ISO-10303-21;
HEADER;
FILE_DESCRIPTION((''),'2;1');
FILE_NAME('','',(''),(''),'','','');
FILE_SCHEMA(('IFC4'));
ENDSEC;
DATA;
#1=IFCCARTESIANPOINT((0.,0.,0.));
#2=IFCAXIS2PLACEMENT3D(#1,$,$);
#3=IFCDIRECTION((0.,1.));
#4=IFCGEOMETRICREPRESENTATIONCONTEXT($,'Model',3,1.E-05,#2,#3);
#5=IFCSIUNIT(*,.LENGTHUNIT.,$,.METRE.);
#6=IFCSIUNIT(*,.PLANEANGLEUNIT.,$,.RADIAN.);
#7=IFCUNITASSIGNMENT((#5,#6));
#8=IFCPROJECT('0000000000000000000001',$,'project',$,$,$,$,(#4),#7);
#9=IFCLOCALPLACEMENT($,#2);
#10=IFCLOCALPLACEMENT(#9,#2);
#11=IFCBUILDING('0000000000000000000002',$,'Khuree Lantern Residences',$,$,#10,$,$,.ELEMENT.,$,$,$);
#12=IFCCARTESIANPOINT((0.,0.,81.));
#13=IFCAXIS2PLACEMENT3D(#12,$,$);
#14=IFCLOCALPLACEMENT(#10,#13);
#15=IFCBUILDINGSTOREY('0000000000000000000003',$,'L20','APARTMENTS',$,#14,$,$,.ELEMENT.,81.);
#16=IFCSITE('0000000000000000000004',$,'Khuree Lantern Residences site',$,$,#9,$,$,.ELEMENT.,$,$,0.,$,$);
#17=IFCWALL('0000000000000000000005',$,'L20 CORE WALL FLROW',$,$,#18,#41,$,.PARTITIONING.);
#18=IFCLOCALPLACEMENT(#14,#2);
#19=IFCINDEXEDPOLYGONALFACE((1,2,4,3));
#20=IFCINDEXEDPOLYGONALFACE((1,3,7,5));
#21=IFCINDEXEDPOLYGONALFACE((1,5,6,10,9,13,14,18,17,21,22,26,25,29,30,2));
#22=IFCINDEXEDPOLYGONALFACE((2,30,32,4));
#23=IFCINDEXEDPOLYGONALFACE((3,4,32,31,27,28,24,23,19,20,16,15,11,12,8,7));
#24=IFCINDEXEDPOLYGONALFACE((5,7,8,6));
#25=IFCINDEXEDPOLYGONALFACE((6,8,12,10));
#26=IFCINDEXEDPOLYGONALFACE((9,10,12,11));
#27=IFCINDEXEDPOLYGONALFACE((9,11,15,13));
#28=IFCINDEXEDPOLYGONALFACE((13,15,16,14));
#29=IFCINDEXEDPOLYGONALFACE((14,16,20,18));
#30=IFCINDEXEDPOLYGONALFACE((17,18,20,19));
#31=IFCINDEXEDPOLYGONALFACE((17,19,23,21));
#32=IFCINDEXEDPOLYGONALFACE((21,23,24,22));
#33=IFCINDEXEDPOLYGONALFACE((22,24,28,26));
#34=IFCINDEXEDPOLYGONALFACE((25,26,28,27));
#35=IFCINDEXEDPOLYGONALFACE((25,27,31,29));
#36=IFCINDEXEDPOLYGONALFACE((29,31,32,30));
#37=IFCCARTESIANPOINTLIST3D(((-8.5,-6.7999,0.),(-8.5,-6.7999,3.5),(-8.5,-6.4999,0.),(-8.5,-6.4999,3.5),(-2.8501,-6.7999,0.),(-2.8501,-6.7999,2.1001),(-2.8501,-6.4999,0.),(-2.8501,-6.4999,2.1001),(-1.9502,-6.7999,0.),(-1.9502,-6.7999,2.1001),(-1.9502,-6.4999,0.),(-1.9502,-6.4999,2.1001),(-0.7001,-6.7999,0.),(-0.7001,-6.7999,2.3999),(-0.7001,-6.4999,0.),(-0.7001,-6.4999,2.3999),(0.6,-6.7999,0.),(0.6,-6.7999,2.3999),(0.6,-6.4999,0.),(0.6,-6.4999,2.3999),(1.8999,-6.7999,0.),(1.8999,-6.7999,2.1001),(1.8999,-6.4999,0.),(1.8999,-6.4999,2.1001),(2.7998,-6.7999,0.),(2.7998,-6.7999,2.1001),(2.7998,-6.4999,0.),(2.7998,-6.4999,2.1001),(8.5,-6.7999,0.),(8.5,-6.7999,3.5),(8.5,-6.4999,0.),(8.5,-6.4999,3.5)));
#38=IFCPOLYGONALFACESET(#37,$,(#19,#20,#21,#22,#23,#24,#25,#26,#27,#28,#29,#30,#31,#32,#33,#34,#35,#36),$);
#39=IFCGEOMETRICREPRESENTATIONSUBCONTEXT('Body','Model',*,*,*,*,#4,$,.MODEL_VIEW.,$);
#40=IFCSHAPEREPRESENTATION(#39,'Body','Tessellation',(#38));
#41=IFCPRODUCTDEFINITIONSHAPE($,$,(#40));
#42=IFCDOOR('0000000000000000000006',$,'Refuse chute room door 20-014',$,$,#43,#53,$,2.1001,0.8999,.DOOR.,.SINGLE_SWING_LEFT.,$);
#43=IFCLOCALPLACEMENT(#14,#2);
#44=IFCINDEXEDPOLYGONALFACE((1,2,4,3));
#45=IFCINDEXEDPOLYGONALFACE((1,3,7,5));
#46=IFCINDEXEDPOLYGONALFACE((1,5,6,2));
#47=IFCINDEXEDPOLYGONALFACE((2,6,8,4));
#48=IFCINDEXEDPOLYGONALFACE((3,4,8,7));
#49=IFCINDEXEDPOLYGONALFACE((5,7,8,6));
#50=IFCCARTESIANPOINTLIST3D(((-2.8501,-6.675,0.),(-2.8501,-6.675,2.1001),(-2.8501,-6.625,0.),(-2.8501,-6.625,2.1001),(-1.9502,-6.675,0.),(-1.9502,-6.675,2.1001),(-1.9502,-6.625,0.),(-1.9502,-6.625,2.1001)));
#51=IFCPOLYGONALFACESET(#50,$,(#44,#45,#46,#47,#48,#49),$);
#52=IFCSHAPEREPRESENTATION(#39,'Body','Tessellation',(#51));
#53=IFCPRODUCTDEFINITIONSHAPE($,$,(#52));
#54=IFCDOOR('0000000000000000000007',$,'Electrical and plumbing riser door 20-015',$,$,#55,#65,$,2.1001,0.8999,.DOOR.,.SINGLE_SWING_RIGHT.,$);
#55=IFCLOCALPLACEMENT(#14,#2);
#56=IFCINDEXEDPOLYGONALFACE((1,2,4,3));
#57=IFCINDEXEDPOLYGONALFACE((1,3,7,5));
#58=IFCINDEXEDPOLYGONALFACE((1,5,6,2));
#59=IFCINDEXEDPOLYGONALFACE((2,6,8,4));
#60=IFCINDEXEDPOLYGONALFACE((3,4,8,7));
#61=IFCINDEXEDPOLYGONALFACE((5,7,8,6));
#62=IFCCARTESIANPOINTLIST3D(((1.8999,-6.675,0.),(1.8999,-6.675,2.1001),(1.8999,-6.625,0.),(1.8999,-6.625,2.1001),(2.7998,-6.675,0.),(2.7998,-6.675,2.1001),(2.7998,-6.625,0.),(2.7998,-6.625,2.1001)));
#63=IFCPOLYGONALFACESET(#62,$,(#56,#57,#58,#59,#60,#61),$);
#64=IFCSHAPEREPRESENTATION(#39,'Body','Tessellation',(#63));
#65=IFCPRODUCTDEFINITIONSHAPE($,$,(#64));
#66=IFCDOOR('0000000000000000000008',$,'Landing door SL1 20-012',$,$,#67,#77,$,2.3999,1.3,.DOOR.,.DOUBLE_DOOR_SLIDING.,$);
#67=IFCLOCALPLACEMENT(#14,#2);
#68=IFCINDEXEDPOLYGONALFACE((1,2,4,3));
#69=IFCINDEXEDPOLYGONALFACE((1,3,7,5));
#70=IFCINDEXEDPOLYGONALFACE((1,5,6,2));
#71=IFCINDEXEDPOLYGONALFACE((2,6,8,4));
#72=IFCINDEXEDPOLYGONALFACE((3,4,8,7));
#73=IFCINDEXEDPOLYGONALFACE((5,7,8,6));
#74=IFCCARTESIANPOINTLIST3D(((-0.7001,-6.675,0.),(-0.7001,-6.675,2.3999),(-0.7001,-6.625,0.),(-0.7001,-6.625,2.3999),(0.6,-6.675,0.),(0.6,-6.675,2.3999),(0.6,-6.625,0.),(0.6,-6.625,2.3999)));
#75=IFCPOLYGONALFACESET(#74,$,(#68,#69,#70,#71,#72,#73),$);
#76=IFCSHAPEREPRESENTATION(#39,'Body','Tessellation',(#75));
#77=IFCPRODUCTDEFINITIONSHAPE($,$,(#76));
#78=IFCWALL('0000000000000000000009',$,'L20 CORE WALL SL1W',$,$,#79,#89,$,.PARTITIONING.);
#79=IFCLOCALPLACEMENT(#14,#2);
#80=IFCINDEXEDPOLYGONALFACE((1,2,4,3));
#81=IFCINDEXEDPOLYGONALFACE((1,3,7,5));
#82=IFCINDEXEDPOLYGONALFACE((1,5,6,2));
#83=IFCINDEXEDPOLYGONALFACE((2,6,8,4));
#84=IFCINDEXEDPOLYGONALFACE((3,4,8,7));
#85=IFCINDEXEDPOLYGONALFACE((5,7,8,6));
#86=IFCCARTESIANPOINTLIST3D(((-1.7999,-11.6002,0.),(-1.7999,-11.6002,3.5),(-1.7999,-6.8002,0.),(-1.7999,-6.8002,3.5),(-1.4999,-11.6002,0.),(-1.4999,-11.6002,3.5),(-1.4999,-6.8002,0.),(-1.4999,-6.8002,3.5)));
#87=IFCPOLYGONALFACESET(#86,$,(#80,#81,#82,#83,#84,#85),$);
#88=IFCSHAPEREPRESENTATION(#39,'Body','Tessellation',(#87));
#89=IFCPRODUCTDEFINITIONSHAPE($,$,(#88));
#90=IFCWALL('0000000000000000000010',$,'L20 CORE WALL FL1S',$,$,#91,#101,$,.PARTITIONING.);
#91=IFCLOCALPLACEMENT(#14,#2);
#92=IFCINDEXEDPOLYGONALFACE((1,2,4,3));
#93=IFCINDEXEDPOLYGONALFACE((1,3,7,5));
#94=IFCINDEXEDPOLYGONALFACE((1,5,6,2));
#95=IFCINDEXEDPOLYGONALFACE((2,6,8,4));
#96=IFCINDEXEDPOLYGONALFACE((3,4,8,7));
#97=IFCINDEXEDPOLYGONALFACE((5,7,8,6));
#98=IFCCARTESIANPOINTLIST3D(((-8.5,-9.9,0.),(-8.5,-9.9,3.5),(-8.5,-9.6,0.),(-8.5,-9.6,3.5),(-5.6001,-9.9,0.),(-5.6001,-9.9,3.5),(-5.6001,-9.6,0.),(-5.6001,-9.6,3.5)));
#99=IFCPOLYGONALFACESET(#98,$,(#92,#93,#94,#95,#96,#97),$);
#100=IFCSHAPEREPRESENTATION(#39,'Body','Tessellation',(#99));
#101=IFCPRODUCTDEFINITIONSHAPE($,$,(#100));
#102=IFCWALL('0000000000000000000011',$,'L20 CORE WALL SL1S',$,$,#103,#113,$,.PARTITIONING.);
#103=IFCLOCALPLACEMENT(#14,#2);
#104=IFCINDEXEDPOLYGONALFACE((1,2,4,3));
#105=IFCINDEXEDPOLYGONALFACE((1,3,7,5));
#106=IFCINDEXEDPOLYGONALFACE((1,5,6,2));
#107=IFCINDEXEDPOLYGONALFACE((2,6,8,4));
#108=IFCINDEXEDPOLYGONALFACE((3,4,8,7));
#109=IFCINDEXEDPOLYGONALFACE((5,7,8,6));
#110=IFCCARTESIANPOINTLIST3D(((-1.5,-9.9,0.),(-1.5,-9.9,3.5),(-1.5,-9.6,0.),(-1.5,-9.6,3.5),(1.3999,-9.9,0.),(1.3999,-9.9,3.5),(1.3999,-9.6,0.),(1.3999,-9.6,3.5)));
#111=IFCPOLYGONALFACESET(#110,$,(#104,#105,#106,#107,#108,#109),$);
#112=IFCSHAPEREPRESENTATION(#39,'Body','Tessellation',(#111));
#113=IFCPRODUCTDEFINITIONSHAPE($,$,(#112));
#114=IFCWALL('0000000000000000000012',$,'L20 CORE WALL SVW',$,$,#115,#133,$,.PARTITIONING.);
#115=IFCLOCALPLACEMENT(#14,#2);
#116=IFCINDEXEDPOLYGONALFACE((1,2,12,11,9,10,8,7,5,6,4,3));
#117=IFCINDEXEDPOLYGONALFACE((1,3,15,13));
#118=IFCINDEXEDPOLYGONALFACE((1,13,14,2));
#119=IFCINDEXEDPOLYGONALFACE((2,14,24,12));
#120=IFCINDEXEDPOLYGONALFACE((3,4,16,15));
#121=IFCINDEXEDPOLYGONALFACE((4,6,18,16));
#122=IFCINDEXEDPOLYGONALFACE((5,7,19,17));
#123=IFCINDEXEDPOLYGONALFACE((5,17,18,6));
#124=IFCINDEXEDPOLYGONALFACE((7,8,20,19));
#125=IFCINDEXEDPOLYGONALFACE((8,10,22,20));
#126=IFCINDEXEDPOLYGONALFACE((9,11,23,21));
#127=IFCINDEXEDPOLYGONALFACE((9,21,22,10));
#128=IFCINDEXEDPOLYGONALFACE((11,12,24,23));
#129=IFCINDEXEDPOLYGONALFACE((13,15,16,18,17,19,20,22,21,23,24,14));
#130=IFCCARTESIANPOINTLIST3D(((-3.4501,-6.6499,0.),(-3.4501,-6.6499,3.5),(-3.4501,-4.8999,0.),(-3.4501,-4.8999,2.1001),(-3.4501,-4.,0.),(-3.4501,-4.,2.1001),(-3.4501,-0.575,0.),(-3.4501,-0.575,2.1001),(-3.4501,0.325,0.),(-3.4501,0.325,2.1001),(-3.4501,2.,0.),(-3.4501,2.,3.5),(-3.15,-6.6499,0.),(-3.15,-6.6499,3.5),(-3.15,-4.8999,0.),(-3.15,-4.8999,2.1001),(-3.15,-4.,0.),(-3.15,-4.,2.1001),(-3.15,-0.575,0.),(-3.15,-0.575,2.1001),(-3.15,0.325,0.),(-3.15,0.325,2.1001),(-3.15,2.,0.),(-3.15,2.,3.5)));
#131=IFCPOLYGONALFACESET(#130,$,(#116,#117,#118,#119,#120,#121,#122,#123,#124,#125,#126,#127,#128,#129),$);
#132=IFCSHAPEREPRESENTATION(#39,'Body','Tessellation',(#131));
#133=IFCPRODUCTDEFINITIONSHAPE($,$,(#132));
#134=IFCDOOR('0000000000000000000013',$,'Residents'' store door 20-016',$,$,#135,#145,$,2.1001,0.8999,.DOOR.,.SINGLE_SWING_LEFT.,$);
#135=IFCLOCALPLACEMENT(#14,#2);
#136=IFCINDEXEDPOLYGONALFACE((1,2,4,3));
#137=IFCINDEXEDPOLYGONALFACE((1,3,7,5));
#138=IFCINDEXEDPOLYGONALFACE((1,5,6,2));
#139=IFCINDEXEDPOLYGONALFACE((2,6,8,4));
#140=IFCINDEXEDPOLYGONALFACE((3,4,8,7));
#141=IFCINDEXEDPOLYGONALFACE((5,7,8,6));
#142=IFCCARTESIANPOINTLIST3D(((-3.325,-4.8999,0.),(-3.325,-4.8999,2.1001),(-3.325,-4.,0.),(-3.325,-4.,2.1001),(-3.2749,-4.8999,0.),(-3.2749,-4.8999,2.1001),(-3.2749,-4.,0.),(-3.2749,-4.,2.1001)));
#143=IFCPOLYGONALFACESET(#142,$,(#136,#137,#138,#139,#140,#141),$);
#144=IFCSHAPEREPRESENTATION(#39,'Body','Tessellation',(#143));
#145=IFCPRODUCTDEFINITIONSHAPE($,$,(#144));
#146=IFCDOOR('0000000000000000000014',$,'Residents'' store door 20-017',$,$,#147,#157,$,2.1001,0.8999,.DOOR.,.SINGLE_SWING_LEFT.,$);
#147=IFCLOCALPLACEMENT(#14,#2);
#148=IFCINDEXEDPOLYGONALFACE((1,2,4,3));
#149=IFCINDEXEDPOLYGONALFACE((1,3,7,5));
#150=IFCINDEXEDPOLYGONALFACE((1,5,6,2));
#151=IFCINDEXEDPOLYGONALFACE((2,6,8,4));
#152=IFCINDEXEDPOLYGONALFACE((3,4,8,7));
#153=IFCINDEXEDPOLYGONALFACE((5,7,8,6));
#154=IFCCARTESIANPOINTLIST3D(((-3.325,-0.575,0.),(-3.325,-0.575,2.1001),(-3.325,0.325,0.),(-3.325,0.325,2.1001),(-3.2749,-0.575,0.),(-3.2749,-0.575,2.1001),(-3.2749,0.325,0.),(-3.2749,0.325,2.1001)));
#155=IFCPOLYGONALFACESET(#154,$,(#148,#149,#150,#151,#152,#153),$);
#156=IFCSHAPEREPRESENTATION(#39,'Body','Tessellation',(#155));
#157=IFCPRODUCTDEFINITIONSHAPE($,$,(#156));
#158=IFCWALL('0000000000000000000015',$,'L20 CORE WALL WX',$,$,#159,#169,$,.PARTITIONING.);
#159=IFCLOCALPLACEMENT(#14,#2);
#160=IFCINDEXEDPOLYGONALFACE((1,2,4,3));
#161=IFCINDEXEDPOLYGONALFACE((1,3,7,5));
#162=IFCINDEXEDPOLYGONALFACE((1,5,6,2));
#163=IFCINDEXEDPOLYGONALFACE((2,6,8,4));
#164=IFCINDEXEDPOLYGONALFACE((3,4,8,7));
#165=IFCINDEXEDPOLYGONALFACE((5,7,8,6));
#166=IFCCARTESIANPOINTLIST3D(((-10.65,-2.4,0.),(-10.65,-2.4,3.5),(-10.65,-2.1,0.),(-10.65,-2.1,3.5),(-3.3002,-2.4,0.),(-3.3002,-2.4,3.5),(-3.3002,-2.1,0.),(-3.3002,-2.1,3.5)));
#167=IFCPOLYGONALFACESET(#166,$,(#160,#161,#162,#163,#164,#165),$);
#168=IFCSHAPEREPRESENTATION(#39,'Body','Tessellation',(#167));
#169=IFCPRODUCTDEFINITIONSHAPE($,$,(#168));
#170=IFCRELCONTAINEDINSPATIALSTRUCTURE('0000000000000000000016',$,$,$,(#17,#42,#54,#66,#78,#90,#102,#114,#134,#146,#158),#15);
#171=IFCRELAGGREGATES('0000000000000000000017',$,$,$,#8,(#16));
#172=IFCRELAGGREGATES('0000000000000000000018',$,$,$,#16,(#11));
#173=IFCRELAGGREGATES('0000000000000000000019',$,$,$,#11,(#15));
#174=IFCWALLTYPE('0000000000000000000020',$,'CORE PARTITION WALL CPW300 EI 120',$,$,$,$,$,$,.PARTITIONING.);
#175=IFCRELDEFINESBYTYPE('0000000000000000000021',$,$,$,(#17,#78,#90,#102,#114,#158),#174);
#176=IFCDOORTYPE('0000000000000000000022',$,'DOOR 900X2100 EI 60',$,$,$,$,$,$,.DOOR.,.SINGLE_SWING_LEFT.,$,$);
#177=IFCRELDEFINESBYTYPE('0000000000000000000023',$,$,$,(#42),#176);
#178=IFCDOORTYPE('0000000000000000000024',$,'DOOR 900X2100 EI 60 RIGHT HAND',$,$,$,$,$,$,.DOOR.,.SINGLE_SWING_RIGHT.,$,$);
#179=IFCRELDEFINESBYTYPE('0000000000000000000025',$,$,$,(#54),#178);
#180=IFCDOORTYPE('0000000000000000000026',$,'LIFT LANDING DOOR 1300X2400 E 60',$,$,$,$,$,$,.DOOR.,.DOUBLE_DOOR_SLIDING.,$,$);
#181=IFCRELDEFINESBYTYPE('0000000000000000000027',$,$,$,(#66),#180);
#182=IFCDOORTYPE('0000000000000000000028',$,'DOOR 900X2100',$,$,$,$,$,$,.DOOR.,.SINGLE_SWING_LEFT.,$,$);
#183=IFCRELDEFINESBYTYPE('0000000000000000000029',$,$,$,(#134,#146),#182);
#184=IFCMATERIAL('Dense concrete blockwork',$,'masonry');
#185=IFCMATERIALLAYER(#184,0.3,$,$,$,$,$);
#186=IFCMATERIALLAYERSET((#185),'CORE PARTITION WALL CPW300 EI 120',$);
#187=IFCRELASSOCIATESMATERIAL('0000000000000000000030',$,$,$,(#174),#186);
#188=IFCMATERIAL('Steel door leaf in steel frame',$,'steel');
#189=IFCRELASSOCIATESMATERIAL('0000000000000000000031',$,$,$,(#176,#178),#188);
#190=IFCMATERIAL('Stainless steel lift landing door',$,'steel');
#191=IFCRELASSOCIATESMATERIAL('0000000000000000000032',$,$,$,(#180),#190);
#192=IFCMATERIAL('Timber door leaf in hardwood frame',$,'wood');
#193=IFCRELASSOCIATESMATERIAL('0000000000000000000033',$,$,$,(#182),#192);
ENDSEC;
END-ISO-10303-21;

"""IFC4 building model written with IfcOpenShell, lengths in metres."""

from ifc_helpers import new_model, si_unit, direction, frame, frame_2d, origin, place, context, subcontext, project, spatial, rectangle, extrude, material, layer, layer_set, type_object, element, fill, save


model = new_model("IFC4")

# Units and contexts
model_context = context("Model", 3, precision=1e-05, world=origin(), true_north=direction((0.0, 1.0)))
body_context = subcontext(model_context, "Body", "Model", "MODEL_VIEW")
ifc_project = project(units=[si_unit("LENGTHUNIT", "METRE"), si_unit("PLANEANGLEUNIT", "RADIAN")], contexts=[model_context])

# Site, building, storey
site_placement = place(None, origin())
site = spatial("IfcSite", under=ifc_project, at=site_placement, Name="Khuree Lantern Residences site", CompositionType="ELEMENT", RefElevation=0.0)
building_placement = place(site_placement, origin())
building = spatial("IfcBuilding", under=site, at=building_placement, Name="Khuree Lantern Residences", CompositionType="ELEMENT")
storey_placement = place(building_placement, frame((0.0, 0.0, 81.0)))
storey = spatial("IfcBuildingStorey", under=building, at=storey_placement, Name="L20", Description="APARTMENTS", CompositionType="ELEMENT", Elevation=81.0)

# Wall, openings, doors
ifc_material_1 = material(Name="Dense concrete blockwork", Category="masonry")
ifc_layer_1 = layer(ifc_material_1, 0.3)
ifc_layer_set_1 = layer_set([ifc_layer_1], Name="CORE PARTITION WALL CPW300 EI 120")
wall_type_1 = type_object("IfcWallType", Name="CORE PARTITION WALL CPW300 EI 120", PredefinedType="PARTITIONING", material=ifc_layer_set_1)
wall_1_placement = place(storey_placement, frame((-8.5, -6.6499, 0.0), z_axis=(0.0, 0.0, 1.0), x_axis=(1.0, 0.0, 0.0)))
wall_1 = element("IfcWall", 1, at=wall_1_placement, inside=storey, type_object=wall_type_1, Name="L20 CORE WALL FLROW", PredefinedType="PARTITIONING", context=body_context, shape_type="SweptSolid", body=[
    extrude(rectangle(XDim=17.0, YDim=0.3, at=frame_2d((8.5, 0.0))), origin(), (0.0, 0.0, 1.0), 3.5),
])
opening_1_placement = place(wall_1_placement, frame((7.8, 0.0, 0.0)))
opening_1 = element("IfcOpeningElement", 2, at=opening_1_placement, cuts=wall_1, PredefinedType="OPENING", context=body_context, shape_type="SweptSolid", body=[
    extrude(rectangle(XDim=1.3, YDim=2.3999, at=frame_2d((0.6499, 1.2))), frame((0.0, 0.1602, 0.0), z_axis=(0.0, -1.0, 0.0), x_axis=(1.0, 0.0, 0.0)), (0.0, 0.0, 1.0), 0.3201),
])
opening_2_placement = place(wall_1_placement, frame((5.6499, 0.0, 0.0)))
opening_2 = element("IfcOpeningElement", 3, at=opening_2_placement, cuts=wall_1, PredefinedType="OPENING", context=body_context, shape_type="SweptSolid", body=[
    extrude(rectangle(XDim=0.8999, YDim=2.1001, at=frame_2d((0.45, 1.05))), frame((0.0, 0.1602, 0.0), z_axis=(0.0, -1.0, 0.0), x_axis=(1.0, 0.0, 0.0)), (0.0, 0.0, 1.0), 0.3201),
])
opening_3_placement = place(wall_1_placement, frame((10.3999, 0.0, 0.0)))
opening_3 = element("IfcOpeningElement", 4, at=opening_3_placement, cuts=wall_1, PredefinedType="OPENING", context=body_context, shape_type="SweptSolid", body=[
    extrude(rectangle(XDim=0.8999, YDim=2.1001, at=frame_2d((0.45, 1.05))), frame((0.0, 0.1602, 0.0), z_axis=(0.0, -1.0, 0.0), x_axis=(1.0, 0.0, 0.0)), (0.0, 0.0, 1.0), 0.3201),
])
ifc_material_2 = material(Name="Steel door leaf in steel frame", Category="steel")
door_type_1 = type_object("IfcDoorType", Name="DOOR 900X2100 EI 60", OperationType="SINGLE_SWING_LEFT", PredefinedType="DOOR", material=ifc_material_2)
door_1_placement = place(opening_2_placement, origin())
door_1 = element("IfcDoor", 5, at=door_1_placement, inside=storey, type_object=door_type_1, Name="Refuse chute room door 20-014", OperationType="SINGLE_SWING_LEFT", OverallHeight=2.1001, OverallWidth=0.8999, PredefinedType="DOOR", context=body_context, shape_type="SweptSolid", body=[
    extrude(rectangle(XDim=0.8999, YDim=2.1001, at=frame_2d((0.45, 1.05))), frame((0.0, 0.0249, 0.0), z_axis=(0.0, -1.0, 0.0), x_axis=(1.0, 0.0, 0.0)), (0.0, 0.0, 1.0), 0.05),
])
fill(opening_2, door_1)
door_type_2 = type_object("IfcDoorType", Name="DOOR 900X2100 EI 60 RIGHT HAND", OperationType="SINGLE_SWING_RIGHT", PredefinedType="DOOR", material=ifc_material_2)
door_2_placement = place(opening_3_placement, origin())
door_2 = element("IfcDoor", 6, at=door_2_placement, inside=storey, type_object=door_type_2, Name="Electrical and plumbing riser door 20-015", OperationType="SINGLE_SWING_RIGHT", OverallHeight=2.1001, OverallWidth=0.8999, PredefinedType="DOOR", context=body_context, shape_type="SweptSolid", body=[
    extrude(rectangle(XDim=0.8999, YDim=2.1001, at=frame_2d((0.45, 1.05))), frame((0.0, 0.0249, 0.0), z_axis=(0.0, -1.0, 0.0), x_axis=(1.0, 0.0, 0.0)), (0.0, 0.0, 1.0), 0.05),
])
fill(opening_3, door_2)
ifc_material_3 = material(Name="Stainless steel lift landing door", Category="steel")
door_type_3 = type_object("IfcDoorType", Name="LIFT LANDING DOOR 1300X2400 E 60", OperationType="DOUBLE_DOOR_SLIDING", PredefinedType="DOOR", material=ifc_material_3)
door_3_placement = place(opening_1_placement, origin())
door_3 = element("IfcDoor", 7, at=door_3_placement, inside=storey, type_object=door_type_3, Name="Landing door SL1 20-012", OperationType="DOUBLE_DOOR_SLIDING", OverallHeight=2.3999, OverallWidth=1.3, PredefinedType="DOOR", context=body_context, shape_type="SweptSolid", body=[
    extrude(rectangle(XDim=1.3, YDim=2.3999, at=frame_2d((0.6499, 1.2))), frame((0.0, 0.0249, 0.0), z_axis=(0.0, -1.0, 0.0), x_axis=(1.0, 0.0, 0.0)), (0.0, 0.0, 1.0), 0.05),
])
fill(opening_1, door_3)

# Walls
wall_2_placement = place(storey_placement, frame((-1.6499, -11.6001, 0.0), z_axis=(0.0, 0.0, 1.0), x_axis=(0.0, 1.0, 0.0)))
element("IfcWall", 8, at=wall_2_placement, inside=storey, type_object=wall_type_1, Name="L20 CORE WALL SL1W", PredefinedType="PARTITIONING", context=body_context, shape_type="SweptSolid", body=[
    extrude(rectangle(XDim=4.8, YDim=0.3, at=frame_2d((2.3999, 0.0))), origin(), (0.0, 0.0, 1.0), 3.5),
])
for number, where, z_axis, x_axis, name in (
    (9, (-8.5, -9.75, 0.0), (0.0, 0.0, 1.0), (1.0, 0.0, 0.0), "L20 CORE WALL FL1S"),
    (10, (-1.5, -9.75, 0.0), (0.0, 0.0, 1.0), (1.0, 0.0, 0.0), "L20 CORE WALL SL1S"),
):
    element("IfcWall", number, at=place(storey_placement, frame(where, z_axis=z_axis, x_axis=x_axis)), inside=storey, type_object=wall_type_1, Name=name, PredefinedType="PARTITIONING", context=body_context, shape_type="SweptSolid", body=[
        extrude(rectangle(XDim=2.8999, YDim=0.3, at=frame_2d((1.45, 0.0))), origin(), (0.0, 0.0, 1.0), 3.5),
    ])

# Wall, openings, doors
wall_3_placement = place(storey_placement, frame((-3.3, -6.6499, 0.0), z_axis=(0.0, 0.0, 1.0), x_axis=(0.0, 1.0, 0.0)))
wall_3 = element("IfcWall", 11, at=wall_3_placement, inside=storey, type_object=wall_type_1, Name="L20 CORE WALL SVW", PredefinedType="PARTITIONING", context=body_context, shape_type="SweptSolid", body=[
    extrude(rectangle(XDim=8.6499, YDim=0.3, at=frame_2d((4.325, 0.0))), origin(), (0.0, 0.0, 1.0), 3.5),
])
opening_4_placement = place(wall_3_placement, frame((1.75, 0.0, 0.0)))
opening_4 = element("IfcOpeningElement", 12, at=opening_4_placement, cuts=wall_3, PredefinedType="OPENING", context=body_context, shape_type="SweptSolid", body=[
    extrude(rectangle(XDim=0.8999, YDim=2.1001, at=frame_2d((0.45, 1.05))), frame((0.0, 0.1602, 0.0), z_axis=(0.0, -1.0, 0.0), x_axis=(1.0, 0.0, 0.0)), (0.0, 0.0, 1.0), 0.3201),
])
opening_5_placement = place(wall_3_placement, frame((6.075, 0.0, 0.0)))
opening_5 = element("IfcOpeningElement", 13, at=opening_5_placement, cuts=wall_3, PredefinedType="OPENING", context=body_context, shape_type="SweptSolid", body=[
    extrude(rectangle(XDim=0.8999, YDim=2.1001, at=frame_2d((0.45, 1.05))), frame((0.0, 0.1602, 0.0), z_axis=(0.0, -1.0, 0.0), x_axis=(1.0, 0.0, 0.0)), (0.0, 0.0, 1.0), 0.3201),
])
ifc_material_4 = material(Name="Timber door leaf in hardwood frame", Category="wood")
door_type_4 = type_object("IfcDoorType", Name="DOOR 900X2100", OperationType="SINGLE_SWING_LEFT", PredefinedType="DOOR", material=ifc_material_4)
door_4_placement = place(opening_4_placement, origin())
door_4 = element("IfcDoor", 14, at=door_4_placement, inside=storey, type_object=door_type_4, Name="Residents' store door 20-016", OperationType="SINGLE_SWING_LEFT", OverallHeight=2.1001, OverallWidth=0.8999, PredefinedType="DOOR", context=body_context, shape_type="SweptSolid", body=[
    extrude(rectangle(XDim=0.8999, YDim=2.1001, at=frame_2d((0.45, 1.05))), frame((0.0, 0.0249, 0.0), z_axis=(0.0, -1.0, 0.0), x_axis=(1.0, 0.0, 0.0)), (0.0, 0.0, 1.0), 0.05),
])
fill(opening_4, door_4)
door_5_placement = place(opening_5_placement, origin())
door_5 = element("IfcDoor", 15, at=door_5_placement, inside=storey, type_object=door_type_4, Name="Residents' store door 20-017", OperationType="SINGLE_SWING_LEFT", OverallHeight=2.1001, OverallWidth=0.8999, PredefinedType="DOOR", context=body_context, shape_type="SweptSolid", body=[
    extrude(rectangle(XDim=0.8999, YDim=2.1001, at=frame_2d((0.45, 1.05))), frame((0.0, 0.0249, 0.0), z_axis=(0.0, -1.0, 0.0), x_axis=(1.0, 0.0, 0.0)), (0.0, 0.0, 1.0), 0.05),
])
fill(opening_5, door_5)

# Wall
wall_4_placement = place(storey_placement, frame((-10.6499, -2.25, 0.0), z_axis=(0.0, 0.0, 1.0), x_axis=(1.0, 0.0, 0.0)))
element("IfcWall", 16, at=wall_4_placement, inside=storey, type_object=wall_type_1, Name="L20 CORE WALL WX", PredefinedType="PARTITIONING", context=body_context, shape_type="SweptSolid", body=[
    extrude(rectangle(XDim=7.3499, YDim=0.3, at=frame_2d((3.6748, 0.0))), origin(), (0.0, 0.0, 1.0), 3.5),
])

save(model, "model.ifc")
